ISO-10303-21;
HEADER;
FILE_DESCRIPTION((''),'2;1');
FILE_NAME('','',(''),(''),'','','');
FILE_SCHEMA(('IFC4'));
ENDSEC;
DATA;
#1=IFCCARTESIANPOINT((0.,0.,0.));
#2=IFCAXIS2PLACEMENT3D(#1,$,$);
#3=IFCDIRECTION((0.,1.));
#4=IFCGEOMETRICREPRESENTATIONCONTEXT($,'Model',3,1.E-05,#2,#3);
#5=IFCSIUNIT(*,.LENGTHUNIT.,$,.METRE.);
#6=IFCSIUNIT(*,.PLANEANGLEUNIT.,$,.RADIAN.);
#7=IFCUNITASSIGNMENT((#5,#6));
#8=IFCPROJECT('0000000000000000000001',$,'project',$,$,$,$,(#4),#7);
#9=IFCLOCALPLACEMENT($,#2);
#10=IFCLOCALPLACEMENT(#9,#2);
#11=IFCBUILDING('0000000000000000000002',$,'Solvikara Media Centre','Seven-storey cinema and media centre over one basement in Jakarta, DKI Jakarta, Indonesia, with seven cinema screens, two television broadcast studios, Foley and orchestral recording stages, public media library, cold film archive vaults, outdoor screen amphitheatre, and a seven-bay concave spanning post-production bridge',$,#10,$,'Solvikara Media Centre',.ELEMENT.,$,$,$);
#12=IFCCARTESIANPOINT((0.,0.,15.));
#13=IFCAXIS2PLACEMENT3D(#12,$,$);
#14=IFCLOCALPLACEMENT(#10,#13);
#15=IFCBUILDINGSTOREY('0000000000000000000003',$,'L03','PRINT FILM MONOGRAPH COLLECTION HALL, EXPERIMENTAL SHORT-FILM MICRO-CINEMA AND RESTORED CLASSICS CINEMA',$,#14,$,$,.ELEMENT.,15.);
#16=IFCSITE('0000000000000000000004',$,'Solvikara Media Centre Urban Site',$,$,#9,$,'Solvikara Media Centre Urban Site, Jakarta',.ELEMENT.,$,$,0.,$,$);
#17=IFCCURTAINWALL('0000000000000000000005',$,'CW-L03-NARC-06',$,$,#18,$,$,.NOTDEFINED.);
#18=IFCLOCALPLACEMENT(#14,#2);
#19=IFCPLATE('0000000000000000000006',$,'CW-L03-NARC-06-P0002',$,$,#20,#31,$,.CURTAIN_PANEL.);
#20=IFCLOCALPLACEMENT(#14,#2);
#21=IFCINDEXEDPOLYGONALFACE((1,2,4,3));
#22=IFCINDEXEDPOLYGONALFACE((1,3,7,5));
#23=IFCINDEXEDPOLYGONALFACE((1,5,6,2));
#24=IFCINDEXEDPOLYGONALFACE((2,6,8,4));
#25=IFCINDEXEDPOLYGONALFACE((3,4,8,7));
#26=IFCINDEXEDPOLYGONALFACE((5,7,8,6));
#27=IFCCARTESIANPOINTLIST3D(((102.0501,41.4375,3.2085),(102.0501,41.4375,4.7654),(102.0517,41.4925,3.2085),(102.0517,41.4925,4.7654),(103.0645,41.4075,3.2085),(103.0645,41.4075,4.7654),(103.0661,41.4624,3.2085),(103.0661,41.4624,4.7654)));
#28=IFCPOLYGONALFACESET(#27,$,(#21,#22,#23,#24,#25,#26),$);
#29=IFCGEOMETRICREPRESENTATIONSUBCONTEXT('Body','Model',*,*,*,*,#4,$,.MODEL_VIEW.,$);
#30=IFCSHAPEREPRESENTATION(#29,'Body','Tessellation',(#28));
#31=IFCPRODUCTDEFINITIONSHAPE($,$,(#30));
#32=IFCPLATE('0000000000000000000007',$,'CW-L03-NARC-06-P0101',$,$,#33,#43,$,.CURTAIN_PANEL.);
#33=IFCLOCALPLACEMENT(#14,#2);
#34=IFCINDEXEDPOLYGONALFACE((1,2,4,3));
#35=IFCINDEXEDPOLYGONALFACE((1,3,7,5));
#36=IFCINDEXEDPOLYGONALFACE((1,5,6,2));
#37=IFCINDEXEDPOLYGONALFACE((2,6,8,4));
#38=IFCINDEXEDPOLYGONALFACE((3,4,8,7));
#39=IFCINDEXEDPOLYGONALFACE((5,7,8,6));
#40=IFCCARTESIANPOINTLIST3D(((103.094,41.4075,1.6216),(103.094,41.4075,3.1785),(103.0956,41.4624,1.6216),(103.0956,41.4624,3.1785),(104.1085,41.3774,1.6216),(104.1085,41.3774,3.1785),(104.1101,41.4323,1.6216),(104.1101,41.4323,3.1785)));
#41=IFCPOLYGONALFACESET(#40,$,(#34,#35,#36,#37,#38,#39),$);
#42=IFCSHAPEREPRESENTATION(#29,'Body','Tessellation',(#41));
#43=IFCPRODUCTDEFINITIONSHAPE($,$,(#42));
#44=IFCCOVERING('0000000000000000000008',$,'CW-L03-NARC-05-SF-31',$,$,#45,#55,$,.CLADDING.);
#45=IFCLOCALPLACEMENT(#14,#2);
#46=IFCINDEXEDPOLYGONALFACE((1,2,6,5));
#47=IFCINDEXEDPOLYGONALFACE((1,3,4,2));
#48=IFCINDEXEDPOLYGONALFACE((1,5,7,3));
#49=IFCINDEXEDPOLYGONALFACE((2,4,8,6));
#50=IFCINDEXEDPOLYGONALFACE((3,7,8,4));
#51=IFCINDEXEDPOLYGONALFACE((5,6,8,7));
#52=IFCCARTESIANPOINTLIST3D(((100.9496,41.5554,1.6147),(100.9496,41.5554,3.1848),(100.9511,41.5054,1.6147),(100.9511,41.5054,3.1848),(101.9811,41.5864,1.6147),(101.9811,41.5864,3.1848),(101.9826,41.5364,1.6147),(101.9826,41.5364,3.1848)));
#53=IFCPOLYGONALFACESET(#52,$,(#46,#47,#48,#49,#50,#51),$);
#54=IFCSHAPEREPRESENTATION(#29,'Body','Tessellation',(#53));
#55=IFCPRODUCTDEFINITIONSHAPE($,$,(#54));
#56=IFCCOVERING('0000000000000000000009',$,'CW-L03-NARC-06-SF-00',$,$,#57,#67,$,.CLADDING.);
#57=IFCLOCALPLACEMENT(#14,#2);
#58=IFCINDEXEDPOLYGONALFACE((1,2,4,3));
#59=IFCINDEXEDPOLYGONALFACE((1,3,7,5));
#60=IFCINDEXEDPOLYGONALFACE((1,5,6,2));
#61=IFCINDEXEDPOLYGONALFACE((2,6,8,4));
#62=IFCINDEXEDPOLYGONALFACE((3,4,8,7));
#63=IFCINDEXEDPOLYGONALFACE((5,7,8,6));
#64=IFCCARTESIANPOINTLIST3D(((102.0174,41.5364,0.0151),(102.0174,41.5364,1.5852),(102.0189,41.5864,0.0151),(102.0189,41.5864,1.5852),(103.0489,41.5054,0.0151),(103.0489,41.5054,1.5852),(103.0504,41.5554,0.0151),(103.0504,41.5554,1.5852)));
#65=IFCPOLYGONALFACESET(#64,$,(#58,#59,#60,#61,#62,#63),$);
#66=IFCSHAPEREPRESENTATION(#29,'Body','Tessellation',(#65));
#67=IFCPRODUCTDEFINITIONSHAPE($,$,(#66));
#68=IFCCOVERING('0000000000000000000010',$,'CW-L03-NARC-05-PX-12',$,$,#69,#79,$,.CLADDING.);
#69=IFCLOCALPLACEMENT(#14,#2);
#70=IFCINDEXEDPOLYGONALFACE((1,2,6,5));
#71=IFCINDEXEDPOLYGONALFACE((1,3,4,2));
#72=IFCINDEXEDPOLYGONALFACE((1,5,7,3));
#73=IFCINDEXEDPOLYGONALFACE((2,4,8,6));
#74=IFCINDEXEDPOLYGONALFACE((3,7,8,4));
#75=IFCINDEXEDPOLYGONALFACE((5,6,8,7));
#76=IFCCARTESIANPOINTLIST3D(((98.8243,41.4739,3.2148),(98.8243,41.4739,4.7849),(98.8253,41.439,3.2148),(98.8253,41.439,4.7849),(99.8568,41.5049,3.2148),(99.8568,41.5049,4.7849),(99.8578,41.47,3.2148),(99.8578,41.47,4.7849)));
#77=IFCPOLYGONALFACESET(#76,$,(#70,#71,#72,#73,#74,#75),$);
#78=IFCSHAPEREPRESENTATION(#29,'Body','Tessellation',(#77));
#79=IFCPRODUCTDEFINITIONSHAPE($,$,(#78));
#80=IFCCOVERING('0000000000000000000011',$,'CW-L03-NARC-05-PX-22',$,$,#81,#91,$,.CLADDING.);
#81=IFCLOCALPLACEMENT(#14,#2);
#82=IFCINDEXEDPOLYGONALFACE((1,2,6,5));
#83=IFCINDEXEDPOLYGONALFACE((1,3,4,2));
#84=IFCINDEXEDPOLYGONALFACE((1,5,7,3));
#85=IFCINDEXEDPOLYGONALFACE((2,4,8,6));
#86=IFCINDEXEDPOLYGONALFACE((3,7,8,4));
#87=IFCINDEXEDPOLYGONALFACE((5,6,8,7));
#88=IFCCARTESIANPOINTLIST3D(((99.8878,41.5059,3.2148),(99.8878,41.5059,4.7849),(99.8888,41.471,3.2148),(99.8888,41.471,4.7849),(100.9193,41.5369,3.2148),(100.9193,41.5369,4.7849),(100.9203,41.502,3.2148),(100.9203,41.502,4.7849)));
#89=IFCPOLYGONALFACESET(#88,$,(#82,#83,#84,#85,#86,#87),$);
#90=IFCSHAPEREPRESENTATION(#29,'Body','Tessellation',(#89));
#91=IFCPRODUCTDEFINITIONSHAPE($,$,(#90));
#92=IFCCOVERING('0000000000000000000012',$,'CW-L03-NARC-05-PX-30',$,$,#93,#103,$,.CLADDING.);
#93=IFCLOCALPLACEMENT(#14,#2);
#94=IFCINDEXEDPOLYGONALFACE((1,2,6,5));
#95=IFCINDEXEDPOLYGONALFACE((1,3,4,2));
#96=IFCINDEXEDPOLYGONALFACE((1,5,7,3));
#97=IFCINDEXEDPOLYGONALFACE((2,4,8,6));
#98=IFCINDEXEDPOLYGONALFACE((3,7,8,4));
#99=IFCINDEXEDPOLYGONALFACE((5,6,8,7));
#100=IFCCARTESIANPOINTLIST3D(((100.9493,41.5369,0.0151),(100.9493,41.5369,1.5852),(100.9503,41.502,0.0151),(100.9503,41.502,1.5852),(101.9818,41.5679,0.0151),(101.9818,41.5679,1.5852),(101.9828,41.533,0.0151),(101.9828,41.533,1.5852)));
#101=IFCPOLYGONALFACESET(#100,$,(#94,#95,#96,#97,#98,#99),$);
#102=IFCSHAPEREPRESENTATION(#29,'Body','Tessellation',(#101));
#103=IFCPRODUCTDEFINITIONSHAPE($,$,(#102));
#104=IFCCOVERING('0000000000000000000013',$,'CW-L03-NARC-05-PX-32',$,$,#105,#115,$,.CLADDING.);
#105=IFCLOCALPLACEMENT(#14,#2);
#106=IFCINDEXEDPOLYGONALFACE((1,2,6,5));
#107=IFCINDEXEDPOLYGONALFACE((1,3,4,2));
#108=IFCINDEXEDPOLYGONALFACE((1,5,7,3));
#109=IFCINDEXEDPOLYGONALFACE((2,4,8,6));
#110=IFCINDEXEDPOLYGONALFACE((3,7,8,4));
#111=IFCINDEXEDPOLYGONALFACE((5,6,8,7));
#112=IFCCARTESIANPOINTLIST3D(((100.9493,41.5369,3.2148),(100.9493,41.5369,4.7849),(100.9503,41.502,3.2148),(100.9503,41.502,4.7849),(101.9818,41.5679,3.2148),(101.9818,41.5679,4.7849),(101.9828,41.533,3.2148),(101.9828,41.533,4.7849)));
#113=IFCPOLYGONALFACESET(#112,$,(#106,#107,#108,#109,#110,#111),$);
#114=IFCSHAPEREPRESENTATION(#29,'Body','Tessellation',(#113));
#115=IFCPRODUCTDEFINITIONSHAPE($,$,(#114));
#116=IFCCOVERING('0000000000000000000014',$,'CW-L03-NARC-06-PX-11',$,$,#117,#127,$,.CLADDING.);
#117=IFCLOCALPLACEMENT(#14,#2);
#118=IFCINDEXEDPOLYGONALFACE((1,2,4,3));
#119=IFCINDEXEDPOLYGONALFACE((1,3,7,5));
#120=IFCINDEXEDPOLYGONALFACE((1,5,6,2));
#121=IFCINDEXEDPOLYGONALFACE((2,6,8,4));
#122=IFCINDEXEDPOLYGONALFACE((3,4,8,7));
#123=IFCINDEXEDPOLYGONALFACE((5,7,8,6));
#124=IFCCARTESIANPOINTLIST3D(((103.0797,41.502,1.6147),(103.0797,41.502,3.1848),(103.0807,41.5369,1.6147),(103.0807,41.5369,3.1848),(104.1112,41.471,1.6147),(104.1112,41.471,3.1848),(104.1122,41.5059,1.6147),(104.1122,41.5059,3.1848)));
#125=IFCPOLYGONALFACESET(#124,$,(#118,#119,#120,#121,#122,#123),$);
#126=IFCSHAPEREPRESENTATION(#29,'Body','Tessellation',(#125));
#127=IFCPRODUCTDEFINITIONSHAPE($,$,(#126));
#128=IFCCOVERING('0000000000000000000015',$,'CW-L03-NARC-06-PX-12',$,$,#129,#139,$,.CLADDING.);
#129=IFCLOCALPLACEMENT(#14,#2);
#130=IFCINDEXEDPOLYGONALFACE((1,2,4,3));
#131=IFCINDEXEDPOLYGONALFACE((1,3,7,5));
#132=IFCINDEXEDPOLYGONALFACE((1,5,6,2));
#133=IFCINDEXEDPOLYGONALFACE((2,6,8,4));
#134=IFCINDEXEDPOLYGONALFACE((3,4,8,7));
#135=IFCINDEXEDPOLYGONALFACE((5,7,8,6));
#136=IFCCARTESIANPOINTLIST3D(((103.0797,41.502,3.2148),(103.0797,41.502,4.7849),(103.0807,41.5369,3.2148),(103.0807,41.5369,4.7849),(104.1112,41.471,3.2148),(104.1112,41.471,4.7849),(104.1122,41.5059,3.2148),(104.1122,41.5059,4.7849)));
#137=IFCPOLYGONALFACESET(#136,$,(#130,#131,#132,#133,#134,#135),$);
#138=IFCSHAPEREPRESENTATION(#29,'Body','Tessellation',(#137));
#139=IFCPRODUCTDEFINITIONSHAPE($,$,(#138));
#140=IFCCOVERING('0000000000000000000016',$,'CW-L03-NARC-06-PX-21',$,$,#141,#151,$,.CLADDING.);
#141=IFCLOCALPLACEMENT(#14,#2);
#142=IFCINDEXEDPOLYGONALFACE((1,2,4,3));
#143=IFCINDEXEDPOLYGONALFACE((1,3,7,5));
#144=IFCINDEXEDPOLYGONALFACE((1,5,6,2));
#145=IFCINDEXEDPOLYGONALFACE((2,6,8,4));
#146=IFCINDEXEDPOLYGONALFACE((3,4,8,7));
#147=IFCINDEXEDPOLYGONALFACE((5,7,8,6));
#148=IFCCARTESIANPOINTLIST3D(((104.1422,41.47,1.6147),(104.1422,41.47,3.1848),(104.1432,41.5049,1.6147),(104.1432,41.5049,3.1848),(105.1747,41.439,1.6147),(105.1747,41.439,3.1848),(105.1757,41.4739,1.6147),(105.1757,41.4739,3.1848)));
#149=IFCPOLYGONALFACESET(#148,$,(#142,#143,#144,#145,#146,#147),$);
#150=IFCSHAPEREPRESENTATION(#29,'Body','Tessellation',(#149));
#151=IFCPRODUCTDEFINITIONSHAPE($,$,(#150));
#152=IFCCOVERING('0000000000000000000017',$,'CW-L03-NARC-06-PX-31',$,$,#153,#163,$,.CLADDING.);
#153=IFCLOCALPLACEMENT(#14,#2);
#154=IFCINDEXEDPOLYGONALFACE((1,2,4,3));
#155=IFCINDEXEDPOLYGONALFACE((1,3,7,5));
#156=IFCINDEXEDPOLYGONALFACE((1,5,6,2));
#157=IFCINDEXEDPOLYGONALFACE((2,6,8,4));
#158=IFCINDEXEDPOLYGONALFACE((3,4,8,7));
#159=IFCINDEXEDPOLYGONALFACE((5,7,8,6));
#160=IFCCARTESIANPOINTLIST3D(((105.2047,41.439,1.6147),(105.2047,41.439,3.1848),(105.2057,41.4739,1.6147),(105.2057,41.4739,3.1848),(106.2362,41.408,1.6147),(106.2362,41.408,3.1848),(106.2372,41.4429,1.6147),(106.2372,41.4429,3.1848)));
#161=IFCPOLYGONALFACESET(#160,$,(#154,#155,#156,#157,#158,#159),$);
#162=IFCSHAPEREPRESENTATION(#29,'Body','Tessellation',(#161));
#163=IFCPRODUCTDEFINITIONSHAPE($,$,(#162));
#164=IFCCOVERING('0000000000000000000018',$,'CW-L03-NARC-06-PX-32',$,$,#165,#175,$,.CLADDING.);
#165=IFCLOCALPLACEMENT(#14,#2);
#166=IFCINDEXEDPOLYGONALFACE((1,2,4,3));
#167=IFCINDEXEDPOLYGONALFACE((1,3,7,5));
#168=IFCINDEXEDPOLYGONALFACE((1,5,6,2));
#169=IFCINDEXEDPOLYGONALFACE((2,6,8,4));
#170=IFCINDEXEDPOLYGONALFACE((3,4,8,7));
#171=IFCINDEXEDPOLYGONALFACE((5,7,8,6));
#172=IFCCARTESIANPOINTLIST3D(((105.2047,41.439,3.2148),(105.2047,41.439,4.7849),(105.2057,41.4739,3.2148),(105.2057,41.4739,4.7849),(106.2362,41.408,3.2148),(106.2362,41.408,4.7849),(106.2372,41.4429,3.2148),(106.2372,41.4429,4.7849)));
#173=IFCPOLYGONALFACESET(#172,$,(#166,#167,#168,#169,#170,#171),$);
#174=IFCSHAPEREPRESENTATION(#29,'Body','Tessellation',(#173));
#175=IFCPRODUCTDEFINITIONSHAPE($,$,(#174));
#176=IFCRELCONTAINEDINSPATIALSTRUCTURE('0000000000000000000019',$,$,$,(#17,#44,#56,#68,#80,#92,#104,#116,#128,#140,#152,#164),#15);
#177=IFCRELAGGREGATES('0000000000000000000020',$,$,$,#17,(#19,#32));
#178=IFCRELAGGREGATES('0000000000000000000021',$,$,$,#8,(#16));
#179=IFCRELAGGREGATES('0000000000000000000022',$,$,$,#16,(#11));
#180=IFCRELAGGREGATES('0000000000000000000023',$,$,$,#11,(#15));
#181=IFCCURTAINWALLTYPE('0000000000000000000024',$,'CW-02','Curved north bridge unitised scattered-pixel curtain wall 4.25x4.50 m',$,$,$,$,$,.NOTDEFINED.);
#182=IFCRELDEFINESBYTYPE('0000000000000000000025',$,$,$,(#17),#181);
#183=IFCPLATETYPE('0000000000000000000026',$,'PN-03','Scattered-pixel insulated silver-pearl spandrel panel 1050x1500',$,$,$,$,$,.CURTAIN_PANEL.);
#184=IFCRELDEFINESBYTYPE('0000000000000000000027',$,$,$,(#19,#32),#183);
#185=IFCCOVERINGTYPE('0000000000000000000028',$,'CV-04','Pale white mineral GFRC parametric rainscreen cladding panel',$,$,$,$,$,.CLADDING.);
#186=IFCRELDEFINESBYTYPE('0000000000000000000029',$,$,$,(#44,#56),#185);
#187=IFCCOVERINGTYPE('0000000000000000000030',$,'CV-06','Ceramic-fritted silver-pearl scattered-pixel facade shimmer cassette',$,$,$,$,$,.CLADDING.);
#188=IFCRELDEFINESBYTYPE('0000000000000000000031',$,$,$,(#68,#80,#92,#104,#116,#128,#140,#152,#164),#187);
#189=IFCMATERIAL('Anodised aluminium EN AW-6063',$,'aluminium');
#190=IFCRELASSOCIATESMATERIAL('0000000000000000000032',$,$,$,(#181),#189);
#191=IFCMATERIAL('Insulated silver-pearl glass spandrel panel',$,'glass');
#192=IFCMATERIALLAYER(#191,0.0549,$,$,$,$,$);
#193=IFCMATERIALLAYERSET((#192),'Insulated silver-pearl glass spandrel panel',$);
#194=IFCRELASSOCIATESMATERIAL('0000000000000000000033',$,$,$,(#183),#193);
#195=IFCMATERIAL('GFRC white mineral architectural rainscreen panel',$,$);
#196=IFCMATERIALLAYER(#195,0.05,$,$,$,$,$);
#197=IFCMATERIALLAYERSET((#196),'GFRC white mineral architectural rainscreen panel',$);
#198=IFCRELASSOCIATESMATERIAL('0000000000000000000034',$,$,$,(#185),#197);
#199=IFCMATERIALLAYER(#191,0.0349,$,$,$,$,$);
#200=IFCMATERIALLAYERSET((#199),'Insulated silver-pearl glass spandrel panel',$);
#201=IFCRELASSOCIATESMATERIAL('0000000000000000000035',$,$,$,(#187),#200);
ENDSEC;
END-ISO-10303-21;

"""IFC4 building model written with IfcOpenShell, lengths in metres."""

from ifc_helpers import new_model, si_unit, direction, frame, origin, origin_2d, place, context, subcontext, project, spatial, rectangle, extrude, material, layer, layer_set, type_object, element, aggregate, save


model = new_model("IFC4")

# Units and contexts
model_context = context("Model", 3, precision=1e-05, world=origin(), true_north=direction((0.0, 1.0)))
body_context = subcontext(model_context, "Body", "Model", "MODEL_VIEW")
ifc_project = project(units=[si_unit("LENGTHUNIT", "METRE"), si_unit("PLANEANGLEUNIT", "RADIAN")], contexts=[model_context])

# Site, building, storey
site_placement = place(None, origin())
site = spatial("IfcSite", under=ifc_project, at=site_placement, Name="Solvikara Media Centre Urban Site", LongName="Solvikara Media Centre Urban Site, Jakarta", CompositionType="ELEMENT", RefElevation=0.0)
building_placement = place(site_placement, origin())
building = spatial("IfcBuilding", under=site, at=building_placement, Name="Solvikara Media Centre", Description="Seven-storey cinema and media centre over one basement in Jakarta, DKI Jakarta, Indonesia, with seven cinema screens, two television broadcast studios, Foley and orchestral recording stages, public media library, cold film archive vaults, outdoor screen amphitheatre, and a seven-bay concave spanning post-production bridge", LongName="Solvikara Media Centre", CompositionType="ELEMENT")
storey_placement = place(building_placement, frame((0.0, 0.0, 15.0)))
storey = spatial("IfcBuildingStorey", under=building, at=storey_placement, Name="L03", Description="PRINT FILM MONOGRAPH COLLECTION HALL, EXPERIMENTAL SHORT-FILM MICRO-CINEMA AND RESTORED CLASSICS CINEMA", CompositionType="ELEMENT", Elevation=15.0)

# Curtain wall
ifc_material_1 = material(Name="Anodised aluminium EN AW-6063", Category="aluminium")
curtain_wall_type = type_object("IfcCurtainWallType", Name="CW-02", Description="Curved north bridge unitised scattered-pixel curtain wall 4.25x4.50 m", PredefinedType="NOTDEFINED", material=ifc_material_1)
curtain_wall_1_placement = place(storey_placement, origin())
curtain_wall_1 = element("IfcCurtainWall", 1, at=curtain_wall_1_placement, inside=storey, type_object=curtain_wall_type, Name="CW-L03-NARC-06", PredefinedType="NOTDEFINED")

# Plates
ifc_material_2 = material(Name="Insulated silver-pearl glass spandrel panel", Category="glass")
ifc_layer_1 = layer(ifc_material_2, 0.0549)
ifc_layer_set_1 = layer_set([ifc_layer_1], Name="Insulated silver-pearl glass spandrel panel")
plate_type_1 = type_object("IfcPlateType", Name="PN-03", Description="Scattered-pixel insulated silver-pearl spandrel panel 1050x1500", PredefinedType="CURTAIN_PANEL", material=ifc_layer_set_1)
plate_1_placement = place(storey_placement, frame((102.5581, 41.45, 3.2085), z_axis=(0.0, 0.0, 1.0), x_axis=(0.99956, -0.029649, 0.0)))
plate_1 = element("IfcPlate", 2, at=plate_1_placement, type_object=plate_type_1, Name="CW-L03-NARC-06-P0002", PredefinedType="CURTAIN_PANEL", context=body_context, shape_type="SweptSolid", body=[
    extrude(rectangle(XDim=1.0149, YDim=0.0549, at=origin_2d()), origin(), (0.0, 0.0, 1.0), 1.5569),
])
plate_2_placement = place(storey_placement, frame((103.6021, 41.4199, 1.6216), z_axis=(0.0, 0.0, 1.0), x_axis=(0.99956, -0.029649, 0.0)))
plate_2 = element("IfcPlate", 3, at=plate_2_placement, type_object=plate_type_1, Name="CW-L03-NARC-06-P0101", PredefinedType="CURTAIN_PANEL", context=body_context, shape_type="SweptSolid", body=[
    extrude(rectangle(XDim=1.0149, YDim=0.0549, at=origin_2d()), origin(), (0.0, 0.0, 1.0), 1.5569),
])
aggregate(curtain_wall_1, [plate_1, plate_2])

# Coverings
ifc_material_3 = material(Name="GFRC white mineral architectural rainscreen panel")
ifc_layer_2 = layer(ifc_material_3, 0.05)
ifc_layer_set_2 = layer_set([ifc_layer_2], Name="GFRC white mineral architectural rainscreen panel")
covering_type_1 = type_object("IfcCoveringType", Name="CV-04", Description="Pale white mineral GFRC parametric rainscreen cladding panel", PredefinedType="CLADDING", material=ifc_layer_set_2)
for number, where, z_axis, x_axis, name in (
    (4, (101.4661, 41.5459, 1.6147), (0.0, 0.0, 1.0), (0.999549, 0.030033, 0.0), "CW-L03-NARC-05-SF-31"),
    (5, (102.5339, 41.5459, 0.0151), (0.0, 0.0, 1.0), (0.999549, -0.030033, 0.0), "CW-L03-NARC-06-SF-00"),
):
    element("IfcCovering", number, at=place(storey_placement, frame(where, z_axis=z_axis, x_axis=x_axis)), inside=storey, type_object=covering_type_1, Name=name, PredefinedType="CLADDING", context=body_context, shape_type="SweptSolid", body=[
        extrude(rectangle(XDim=1.032, YDim=0.05, at=origin_2d()), origin(), (0.0, 0.0, 1.0), 1.5701),
    ])
ifc_layer_3 = layer(ifc_material_2, 0.0349)
ifc_layer_set_3 = layer_set([ifc_layer_3], Name="Insulated silver-pearl glass spandrel panel")
covering_type_2 = type_object("IfcCoveringType", Name="CV-06", Description="Ceramic-fritted silver-pearl scattered-pixel facade shimmer cassette", PredefinedType="CLADDING", material=ifc_layer_set_3)
covering_1_placement = place(storey_placement, frame((99.3411, 41.4719, 3.2148), z_axis=(0.0, 0.0, 1.0), x_axis=(0.99955, 0.029998, 0.0)))
element("IfcCovering", 6, at=covering_1_placement, inside=storey, type_object=covering_type_2, Name="CW-L03-NARC-05-PX-12", PredefinedType="CLADDING", context=body_context, shape_type="SweptSolid", body=[
    extrude(rectangle(XDim=1.033, YDim=0.0349, at=origin_2d()), origin(), (0.0, 0.0, 1.0), 1.5701),
])
covering_2_placement = place(storey_placement, frame((100.4041, 41.5039, 3.2148), z_axis=(0.0, 0.0, 1.0), x_axis=(0.999549, 0.030033, 0.0)))
element("IfcCovering", 7, at=covering_2_placement, inside=storey, type_object=covering_type_2, Name="CW-L03-NARC-05-PX-22", PredefinedType="CLADDING", context=body_context, shape_type="SweptSolid", body=[
    extrude(rectangle(XDim=1.032, YDim=0.0349, at=origin_2d()), origin(), (0.0, 0.0, 1.0), 1.5701),
])
for number, where, z_axis, x_axis, name in (
    (8, (101.4661, 41.5349, 0.0151), (0.0, 0.0, 1.0), (0.99955, 0.029998, 0.0), "CW-L03-NARC-05-PX-30"),
    (9, (101.4661, 41.5349, 3.2148), (0.0, 0.0, 1.0), (0.99955, 0.029998, 0.0), "CW-L03-NARC-05-PX-32"),
):
    element("IfcCovering", number, at=place(storey_placement, frame(where, z_axis=z_axis, x_axis=x_axis)), inside=storey, type_object=covering_type_2, Name=name, PredefinedType="CLADDING", context=body_context, shape_type="SweptSolid", body=[
        extrude(rectangle(XDim=1.033, YDim=0.0349, at=origin_2d()), origin(), (0.0, 0.0, 1.0), 1.5701),
    ])
for number, where, z_axis, x_axis, name in (
    (10, (103.5959, 41.5039, 1.6147), (0.0, 0.0, 1.0), (0.999549, -0.030033, 0.0), "CW-L03-NARC-06-PX-11"),
    (11, (103.5959, 41.5039, 3.2148), (0.0, 0.0, 1.0), (0.999549, -0.030033, 0.0), "CW-L03-NARC-06-PX-12"),
):
    element("IfcCovering", number, at=place(storey_placement, frame(where, z_axis=z_axis, x_axis=x_axis)), inside=storey, type_object=covering_type_2, Name=name, PredefinedType="CLADDING", context=body_context, shape_type="SweptSolid", body=[
        extrude(rectangle(XDim=1.032, YDim=0.0349, at=origin_2d()), origin(), (0.0, 0.0, 1.0), 1.5701),
    ])
covering_3_placement = place(storey_placement, frame((104.6589, 41.4719, 1.6147), z_axis=(0.0, 0.0, 1.0), x_axis=(0.99955, -0.029998, 0.0)))
element("IfcCovering", 12, at=covering_3_placement, inside=storey, type_object=covering_type_2, Name="CW-L03-NARC-06-PX-21", PredefinedType="CLADDING", context=body_context, shape_type="SweptSolid", body=[
    extrude(rectangle(XDim=1.033, YDim=0.0349, at=origin_2d()), origin(), (0.0, 0.0, 1.0), 1.5701),
])
for number, where, z_axis, x_axis, name in (
    (13, (105.7209, 41.4409, 1.6147), (0.0, 0.0, 1.0), (0.999549, -0.030033, 0.0), "CW-L03-NARC-06-PX-31"),
    (14, (105.7209, 41.4409, 3.2148), (0.0, 0.0, 1.0), (0.999549, -0.030033, 0.0), "CW-L03-NARC-06-PX-32"),
):
    element("IfcCovering", number, at=place(storey_placement, frame(where, z_axis=z_axis, x_axis=x_axis)), inside=storey, type_object=covering_type_2, Name=name, PredefinedType="CLADDING", context=body_context, shape_type="SweptSolid", body=[
        extrude(rectangle(XDim=1.032, YDim=0.0349, at=origin_2d()), origin(), (0.0, 0.0, 1.0), 1.5701),
    ])

save(model, "model.ifc")
